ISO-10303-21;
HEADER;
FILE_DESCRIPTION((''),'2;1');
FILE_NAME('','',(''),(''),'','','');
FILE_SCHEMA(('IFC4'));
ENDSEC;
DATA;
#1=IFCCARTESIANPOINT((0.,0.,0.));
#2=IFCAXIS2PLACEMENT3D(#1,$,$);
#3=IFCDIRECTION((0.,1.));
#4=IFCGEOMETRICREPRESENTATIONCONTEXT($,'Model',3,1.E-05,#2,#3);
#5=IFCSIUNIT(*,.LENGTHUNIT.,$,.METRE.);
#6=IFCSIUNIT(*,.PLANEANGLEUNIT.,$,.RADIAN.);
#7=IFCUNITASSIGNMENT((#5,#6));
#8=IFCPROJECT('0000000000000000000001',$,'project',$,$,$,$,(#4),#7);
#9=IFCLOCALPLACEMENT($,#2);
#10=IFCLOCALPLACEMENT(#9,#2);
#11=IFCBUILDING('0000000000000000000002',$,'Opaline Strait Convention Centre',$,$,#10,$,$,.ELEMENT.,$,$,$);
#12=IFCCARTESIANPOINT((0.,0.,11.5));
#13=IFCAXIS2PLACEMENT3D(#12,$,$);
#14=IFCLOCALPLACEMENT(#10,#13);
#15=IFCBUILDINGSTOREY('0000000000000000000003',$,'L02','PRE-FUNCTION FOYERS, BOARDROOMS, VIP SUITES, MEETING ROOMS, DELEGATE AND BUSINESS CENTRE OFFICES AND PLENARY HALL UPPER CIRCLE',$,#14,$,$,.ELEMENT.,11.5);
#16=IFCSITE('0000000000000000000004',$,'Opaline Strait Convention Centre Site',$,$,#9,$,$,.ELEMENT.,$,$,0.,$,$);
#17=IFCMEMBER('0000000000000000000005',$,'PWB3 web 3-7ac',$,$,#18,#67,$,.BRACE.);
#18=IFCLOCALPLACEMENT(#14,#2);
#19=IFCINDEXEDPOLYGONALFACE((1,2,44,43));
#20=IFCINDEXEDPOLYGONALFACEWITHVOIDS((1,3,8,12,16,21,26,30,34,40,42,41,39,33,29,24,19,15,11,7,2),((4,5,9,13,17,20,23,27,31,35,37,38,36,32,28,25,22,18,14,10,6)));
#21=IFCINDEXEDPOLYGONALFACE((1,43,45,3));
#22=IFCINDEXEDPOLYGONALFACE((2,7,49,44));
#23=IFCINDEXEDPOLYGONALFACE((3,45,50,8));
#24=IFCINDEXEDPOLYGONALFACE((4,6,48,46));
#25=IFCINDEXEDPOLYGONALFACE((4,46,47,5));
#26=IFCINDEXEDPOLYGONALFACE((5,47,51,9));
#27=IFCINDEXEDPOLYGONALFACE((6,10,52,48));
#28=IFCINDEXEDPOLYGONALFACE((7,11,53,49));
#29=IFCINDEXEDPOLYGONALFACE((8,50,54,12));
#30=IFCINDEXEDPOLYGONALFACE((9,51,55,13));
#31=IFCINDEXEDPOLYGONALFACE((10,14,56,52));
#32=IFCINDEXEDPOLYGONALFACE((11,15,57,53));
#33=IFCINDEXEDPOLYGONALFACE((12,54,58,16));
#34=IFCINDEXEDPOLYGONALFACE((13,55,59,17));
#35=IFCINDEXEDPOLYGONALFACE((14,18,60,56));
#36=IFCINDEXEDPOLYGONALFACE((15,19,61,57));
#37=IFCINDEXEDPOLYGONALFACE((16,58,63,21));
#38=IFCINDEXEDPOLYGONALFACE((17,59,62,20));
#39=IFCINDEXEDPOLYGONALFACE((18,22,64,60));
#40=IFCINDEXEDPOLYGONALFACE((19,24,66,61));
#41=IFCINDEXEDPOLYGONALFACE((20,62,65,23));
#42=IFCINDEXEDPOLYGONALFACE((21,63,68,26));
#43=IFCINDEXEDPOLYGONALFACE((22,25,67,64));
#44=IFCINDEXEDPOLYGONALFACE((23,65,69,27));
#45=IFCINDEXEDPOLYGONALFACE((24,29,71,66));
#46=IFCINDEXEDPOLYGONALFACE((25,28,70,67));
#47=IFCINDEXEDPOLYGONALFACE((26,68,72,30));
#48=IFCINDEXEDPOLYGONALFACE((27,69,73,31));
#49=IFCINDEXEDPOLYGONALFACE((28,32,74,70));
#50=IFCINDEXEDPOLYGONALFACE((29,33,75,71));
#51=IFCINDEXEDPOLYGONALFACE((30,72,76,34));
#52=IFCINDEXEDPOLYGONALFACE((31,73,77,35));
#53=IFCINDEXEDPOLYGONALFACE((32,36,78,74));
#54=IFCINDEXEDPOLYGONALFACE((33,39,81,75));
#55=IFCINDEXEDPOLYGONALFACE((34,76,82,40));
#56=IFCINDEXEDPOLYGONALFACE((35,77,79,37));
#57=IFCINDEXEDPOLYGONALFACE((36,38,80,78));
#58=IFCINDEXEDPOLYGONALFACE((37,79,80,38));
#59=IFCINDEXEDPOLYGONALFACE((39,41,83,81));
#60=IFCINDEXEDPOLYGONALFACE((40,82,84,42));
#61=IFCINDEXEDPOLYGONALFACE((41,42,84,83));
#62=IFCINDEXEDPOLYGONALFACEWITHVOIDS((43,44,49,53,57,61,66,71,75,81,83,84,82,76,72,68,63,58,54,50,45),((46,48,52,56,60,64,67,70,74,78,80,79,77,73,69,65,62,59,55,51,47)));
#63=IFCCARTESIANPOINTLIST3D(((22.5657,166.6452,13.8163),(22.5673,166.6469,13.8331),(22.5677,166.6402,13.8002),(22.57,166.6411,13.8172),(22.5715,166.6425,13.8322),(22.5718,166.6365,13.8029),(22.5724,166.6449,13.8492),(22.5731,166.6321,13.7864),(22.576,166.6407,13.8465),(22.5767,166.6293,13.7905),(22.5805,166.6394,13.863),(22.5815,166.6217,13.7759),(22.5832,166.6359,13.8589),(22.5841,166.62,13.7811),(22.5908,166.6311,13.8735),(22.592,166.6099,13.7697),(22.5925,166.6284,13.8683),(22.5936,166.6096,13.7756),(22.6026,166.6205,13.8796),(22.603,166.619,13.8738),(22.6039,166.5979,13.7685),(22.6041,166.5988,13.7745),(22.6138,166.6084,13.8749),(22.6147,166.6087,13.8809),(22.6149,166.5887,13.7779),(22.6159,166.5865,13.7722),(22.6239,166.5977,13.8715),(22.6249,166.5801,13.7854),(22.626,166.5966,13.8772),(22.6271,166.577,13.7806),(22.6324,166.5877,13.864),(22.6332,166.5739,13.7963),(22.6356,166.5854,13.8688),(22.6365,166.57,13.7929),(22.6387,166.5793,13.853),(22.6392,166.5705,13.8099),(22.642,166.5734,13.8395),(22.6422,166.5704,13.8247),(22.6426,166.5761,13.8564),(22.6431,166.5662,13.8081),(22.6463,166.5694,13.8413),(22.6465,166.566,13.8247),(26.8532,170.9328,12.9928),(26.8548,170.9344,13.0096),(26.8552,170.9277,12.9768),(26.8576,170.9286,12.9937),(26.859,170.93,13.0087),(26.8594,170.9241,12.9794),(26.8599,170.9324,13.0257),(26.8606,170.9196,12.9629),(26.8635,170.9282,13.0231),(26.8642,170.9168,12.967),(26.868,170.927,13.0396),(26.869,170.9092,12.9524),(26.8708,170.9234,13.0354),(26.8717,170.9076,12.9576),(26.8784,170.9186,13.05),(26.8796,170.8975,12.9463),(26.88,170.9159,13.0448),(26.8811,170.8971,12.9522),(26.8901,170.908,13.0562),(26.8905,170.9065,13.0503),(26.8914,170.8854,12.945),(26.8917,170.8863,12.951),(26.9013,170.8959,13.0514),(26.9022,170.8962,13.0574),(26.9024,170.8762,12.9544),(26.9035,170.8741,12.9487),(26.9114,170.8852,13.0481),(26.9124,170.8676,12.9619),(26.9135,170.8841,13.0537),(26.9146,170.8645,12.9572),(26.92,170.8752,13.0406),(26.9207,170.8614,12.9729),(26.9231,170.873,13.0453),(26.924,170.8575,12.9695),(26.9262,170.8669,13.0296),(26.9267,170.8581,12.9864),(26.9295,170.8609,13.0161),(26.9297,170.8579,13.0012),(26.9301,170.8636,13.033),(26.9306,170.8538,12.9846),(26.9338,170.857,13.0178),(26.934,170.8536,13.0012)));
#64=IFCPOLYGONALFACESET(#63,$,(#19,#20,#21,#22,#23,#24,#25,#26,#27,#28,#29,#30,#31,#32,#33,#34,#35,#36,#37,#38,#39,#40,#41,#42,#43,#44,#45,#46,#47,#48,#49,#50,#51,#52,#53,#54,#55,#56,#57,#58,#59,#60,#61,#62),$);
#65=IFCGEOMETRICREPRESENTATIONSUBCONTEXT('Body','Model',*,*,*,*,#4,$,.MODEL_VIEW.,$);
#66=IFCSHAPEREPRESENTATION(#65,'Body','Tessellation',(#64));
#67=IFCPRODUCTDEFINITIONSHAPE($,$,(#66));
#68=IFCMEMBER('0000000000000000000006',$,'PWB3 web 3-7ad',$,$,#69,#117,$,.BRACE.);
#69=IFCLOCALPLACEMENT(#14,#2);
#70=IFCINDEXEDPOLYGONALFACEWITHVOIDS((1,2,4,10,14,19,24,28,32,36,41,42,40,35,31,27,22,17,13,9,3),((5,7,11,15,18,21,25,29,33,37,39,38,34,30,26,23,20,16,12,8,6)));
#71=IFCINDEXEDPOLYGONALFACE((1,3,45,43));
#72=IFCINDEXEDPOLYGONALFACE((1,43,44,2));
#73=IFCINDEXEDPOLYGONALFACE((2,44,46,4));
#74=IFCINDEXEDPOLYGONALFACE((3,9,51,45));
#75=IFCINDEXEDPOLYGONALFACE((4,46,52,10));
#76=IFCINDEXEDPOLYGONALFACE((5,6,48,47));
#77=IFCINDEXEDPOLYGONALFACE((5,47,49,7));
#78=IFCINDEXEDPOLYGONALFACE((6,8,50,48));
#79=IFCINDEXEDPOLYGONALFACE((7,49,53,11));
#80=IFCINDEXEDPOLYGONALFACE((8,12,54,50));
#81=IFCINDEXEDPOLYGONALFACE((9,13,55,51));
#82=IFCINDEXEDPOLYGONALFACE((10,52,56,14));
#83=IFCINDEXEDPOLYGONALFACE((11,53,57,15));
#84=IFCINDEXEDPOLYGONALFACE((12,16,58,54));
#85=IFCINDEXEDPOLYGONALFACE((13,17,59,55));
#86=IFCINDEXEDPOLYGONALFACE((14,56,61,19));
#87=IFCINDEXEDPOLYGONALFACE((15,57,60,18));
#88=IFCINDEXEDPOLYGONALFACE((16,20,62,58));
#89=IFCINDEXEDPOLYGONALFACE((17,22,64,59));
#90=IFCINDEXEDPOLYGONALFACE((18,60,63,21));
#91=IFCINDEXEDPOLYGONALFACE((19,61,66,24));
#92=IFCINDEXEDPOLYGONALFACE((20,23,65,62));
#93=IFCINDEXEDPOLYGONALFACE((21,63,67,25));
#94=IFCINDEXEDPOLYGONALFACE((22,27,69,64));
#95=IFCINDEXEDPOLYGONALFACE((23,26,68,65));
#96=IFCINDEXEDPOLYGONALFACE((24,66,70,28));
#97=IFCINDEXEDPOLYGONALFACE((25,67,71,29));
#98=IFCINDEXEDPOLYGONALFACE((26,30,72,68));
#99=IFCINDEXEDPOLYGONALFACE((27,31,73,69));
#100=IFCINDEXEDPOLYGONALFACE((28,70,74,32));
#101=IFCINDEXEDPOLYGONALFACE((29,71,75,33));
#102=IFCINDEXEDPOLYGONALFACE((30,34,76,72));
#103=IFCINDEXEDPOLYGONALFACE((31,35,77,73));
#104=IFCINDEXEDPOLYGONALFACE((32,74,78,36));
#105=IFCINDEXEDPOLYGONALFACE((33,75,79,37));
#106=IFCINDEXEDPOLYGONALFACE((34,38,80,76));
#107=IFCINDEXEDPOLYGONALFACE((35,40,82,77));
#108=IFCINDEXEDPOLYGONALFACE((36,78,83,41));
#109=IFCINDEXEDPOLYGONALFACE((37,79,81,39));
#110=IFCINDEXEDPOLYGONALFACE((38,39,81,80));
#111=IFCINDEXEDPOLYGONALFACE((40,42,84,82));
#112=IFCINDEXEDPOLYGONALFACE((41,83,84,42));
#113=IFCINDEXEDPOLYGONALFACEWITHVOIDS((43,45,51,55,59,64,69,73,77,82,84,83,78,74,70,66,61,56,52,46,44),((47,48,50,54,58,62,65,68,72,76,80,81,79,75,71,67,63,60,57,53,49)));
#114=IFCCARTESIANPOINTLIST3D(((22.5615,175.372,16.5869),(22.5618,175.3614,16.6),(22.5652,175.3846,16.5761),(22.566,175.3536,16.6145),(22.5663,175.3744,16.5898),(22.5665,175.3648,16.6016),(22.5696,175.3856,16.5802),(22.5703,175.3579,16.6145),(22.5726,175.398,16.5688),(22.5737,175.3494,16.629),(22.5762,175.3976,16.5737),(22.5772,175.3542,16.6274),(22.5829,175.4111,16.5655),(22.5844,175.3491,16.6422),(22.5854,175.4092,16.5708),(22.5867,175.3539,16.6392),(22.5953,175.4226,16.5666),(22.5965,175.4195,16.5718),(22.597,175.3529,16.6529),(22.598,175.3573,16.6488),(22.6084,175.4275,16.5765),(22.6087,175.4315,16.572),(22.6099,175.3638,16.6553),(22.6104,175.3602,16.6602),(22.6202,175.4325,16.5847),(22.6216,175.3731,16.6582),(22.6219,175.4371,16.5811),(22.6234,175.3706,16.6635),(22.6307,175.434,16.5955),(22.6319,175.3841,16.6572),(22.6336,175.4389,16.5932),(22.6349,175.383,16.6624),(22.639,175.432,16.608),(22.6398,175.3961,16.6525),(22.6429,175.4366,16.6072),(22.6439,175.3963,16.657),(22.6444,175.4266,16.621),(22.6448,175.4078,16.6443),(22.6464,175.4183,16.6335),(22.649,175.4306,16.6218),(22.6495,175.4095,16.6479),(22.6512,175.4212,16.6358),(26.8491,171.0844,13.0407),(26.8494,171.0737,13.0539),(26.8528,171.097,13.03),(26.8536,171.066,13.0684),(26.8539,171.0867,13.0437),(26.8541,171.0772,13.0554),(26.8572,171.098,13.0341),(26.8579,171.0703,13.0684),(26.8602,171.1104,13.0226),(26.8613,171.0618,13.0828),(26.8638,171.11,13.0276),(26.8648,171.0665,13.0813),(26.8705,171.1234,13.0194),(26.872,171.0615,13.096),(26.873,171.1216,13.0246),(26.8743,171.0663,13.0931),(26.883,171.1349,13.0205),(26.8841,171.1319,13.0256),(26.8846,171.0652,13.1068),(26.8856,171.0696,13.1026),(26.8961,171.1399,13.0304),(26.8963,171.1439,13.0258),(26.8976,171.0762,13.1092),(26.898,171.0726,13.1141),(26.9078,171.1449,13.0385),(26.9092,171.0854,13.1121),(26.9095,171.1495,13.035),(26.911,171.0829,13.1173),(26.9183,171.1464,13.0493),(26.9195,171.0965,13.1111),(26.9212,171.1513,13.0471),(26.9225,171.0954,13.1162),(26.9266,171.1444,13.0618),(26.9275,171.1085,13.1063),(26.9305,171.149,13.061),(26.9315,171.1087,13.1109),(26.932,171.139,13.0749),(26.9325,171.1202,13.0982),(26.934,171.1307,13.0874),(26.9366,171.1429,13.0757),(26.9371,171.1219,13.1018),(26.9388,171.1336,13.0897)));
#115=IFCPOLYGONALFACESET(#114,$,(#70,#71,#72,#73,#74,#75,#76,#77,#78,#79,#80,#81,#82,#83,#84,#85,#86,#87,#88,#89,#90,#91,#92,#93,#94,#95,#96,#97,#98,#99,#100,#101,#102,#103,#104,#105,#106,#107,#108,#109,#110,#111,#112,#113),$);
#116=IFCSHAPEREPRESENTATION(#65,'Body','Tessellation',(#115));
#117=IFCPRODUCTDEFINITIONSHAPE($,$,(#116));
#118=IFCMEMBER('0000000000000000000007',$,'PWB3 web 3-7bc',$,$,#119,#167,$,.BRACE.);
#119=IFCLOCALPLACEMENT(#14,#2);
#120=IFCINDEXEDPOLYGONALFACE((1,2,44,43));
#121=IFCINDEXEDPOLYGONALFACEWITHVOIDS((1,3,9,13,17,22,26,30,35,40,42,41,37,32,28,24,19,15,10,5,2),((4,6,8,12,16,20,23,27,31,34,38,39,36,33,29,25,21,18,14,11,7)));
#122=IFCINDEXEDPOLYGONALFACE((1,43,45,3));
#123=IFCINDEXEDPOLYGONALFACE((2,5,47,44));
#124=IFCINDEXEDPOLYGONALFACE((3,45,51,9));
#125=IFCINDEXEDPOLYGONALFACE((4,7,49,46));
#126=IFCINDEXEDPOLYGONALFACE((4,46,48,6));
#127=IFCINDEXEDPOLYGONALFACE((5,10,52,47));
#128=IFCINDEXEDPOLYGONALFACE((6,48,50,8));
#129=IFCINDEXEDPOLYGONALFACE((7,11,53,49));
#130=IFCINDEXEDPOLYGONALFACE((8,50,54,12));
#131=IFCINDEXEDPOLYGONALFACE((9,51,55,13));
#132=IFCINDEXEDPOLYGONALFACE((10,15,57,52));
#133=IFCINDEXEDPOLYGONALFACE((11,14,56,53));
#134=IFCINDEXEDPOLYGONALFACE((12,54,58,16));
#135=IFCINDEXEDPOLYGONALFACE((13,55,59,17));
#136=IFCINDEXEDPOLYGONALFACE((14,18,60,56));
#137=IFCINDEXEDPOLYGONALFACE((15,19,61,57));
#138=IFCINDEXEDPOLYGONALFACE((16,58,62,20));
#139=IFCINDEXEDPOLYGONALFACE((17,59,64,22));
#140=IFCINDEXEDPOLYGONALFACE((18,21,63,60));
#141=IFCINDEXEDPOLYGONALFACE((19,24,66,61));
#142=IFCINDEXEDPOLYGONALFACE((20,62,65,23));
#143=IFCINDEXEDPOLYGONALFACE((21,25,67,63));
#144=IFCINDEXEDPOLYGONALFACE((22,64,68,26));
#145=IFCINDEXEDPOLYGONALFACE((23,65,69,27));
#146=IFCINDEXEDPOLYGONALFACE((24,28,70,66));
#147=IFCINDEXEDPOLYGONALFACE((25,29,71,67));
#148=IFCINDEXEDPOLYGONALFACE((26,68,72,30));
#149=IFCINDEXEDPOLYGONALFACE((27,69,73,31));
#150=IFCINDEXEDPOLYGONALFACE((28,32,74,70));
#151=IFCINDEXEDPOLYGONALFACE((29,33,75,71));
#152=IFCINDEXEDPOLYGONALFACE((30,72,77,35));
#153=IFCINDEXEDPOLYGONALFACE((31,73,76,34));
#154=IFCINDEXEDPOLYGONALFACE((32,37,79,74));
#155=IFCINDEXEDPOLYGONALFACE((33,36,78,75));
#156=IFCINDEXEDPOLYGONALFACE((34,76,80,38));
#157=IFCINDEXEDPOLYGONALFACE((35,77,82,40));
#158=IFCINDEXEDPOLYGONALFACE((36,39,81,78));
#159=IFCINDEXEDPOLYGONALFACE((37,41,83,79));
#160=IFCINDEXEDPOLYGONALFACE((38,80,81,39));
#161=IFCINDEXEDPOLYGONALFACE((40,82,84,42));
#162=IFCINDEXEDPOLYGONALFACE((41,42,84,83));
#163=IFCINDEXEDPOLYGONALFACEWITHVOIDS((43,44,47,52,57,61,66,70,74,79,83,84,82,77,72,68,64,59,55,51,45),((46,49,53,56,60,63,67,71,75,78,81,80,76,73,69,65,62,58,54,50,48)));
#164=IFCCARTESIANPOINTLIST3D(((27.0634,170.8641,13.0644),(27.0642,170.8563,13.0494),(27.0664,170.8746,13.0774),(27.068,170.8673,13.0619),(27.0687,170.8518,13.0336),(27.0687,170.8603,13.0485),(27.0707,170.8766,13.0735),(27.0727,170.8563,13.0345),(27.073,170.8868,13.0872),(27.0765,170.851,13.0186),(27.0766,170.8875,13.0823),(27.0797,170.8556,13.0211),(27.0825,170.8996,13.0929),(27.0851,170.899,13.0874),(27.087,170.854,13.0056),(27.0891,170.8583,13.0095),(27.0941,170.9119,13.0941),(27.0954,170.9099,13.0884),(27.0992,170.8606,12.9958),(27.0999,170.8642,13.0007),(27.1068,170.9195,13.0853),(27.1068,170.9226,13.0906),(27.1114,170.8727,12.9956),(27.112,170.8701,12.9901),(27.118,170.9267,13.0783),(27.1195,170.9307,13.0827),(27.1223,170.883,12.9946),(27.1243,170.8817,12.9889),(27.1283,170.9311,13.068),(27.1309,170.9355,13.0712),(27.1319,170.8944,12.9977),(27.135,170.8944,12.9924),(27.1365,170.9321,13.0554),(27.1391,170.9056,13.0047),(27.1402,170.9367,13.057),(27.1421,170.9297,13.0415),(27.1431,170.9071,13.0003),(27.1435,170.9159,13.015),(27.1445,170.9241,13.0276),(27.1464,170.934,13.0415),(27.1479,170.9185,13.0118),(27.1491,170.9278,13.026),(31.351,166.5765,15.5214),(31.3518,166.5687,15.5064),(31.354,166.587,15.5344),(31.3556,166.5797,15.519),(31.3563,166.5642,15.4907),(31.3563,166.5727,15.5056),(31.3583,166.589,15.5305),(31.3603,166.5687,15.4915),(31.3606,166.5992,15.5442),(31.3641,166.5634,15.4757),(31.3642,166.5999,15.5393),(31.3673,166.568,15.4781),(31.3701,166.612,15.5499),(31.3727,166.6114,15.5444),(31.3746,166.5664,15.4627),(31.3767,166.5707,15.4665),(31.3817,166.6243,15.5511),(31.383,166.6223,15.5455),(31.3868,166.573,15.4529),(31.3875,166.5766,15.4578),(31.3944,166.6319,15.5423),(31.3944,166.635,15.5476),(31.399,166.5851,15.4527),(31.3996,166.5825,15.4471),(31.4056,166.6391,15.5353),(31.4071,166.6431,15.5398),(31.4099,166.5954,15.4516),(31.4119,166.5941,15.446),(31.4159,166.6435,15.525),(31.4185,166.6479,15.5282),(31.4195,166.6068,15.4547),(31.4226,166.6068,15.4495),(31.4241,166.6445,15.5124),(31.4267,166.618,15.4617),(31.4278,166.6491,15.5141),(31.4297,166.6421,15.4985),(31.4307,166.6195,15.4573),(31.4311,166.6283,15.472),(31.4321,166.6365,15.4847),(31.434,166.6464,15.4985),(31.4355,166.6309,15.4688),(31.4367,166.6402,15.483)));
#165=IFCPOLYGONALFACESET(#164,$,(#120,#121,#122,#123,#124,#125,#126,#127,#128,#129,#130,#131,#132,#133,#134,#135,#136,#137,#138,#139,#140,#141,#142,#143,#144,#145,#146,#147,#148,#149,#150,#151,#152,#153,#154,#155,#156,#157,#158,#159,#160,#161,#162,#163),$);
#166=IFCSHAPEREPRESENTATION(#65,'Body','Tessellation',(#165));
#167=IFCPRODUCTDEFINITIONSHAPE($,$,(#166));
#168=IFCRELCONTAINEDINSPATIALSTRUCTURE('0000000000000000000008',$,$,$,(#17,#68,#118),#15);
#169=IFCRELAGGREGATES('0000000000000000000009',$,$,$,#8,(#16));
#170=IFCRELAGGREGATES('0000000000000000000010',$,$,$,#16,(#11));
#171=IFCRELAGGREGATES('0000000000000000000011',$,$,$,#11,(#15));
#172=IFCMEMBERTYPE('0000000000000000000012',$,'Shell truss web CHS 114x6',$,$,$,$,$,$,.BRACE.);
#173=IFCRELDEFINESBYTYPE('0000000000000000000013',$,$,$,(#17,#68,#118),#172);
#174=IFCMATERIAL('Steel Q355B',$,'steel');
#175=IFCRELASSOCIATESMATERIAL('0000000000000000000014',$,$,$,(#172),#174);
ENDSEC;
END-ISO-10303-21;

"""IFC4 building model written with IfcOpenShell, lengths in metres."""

from ifc_helpers import new_model, si_unit, direction, frame, origin, origin_2d, place, context, subcontext, project, spatial, hollow_circle, extrude, material, material_profile, profile_set, type_object, element, save


model = new_model("IFC4")

# Units and contexts
model_context = context("Model", 3, precision=1e-05, world=origin(), true_north=direction((0.0, 1.0)))
body_context = subcontext(model_context, "Body", "Model", "MODEL_VIEW")
ifc_project = project(units=[si_unit("LENGTHUNIT", "METRE"), si_unit("PLANEANGLEUNIT", "RADIAN")], contexts=[model_context])

# Site, building, storey
site_placement = place(None, origin())
site = spatial("IfcSite", under=ifc_project, at=site_placement, Name="Opaline Strait Convention Centre Site", CompositionType="ELEMENT", RefElevation=0.0)
building_placement = place(site_placement, origin())
building = spatial("IfcBuilding", under=site, at=building_placement, Name="Opaline Strait Convention Centre", CompositionType="ELEMENT")
storey_placement = place(building_placement, frame((0.0, 0.0, 11.5)))
storey = spatial("IfcBuildingStorey", under=building, at=storey_placement, Name="L02", Description="PRE-FUNCTION FOYERS, BOARDROOMS, VIP SUITES, MEETING ROOMS, DELEGATE AND BUSINESS CENTRE OFFICES AND PLENARY HALL UPPER CIRCLE", CompositionType="ELEMENT", Elevation=11.5)

# Members
ifc_material_1 = material(Name="Steel Q355B", Category="steel")
ifc_material_profile_1 = material_profile(ifc_material_1, hollow_circle(Radius=0.0569, WallThickness=0.0061, at=origin_2d()), Name="CHS 114x6")
ifc_profile_set_1 = profile_set([ifc_material_profile_1], Name="Steel Q355B")
member_type_1 = type_object("IfcMemberType", Name="Shell truss web CHS 114x6", PredefinedType="BRACE", material=ifc_profile_set_1)
member_1_placement = place(storey_placement, frame((26.8938, 170.8938, 13.0012), z_axis=(-0.700675, -0.700675, 0.134573), x_axis=(0.707107, -0.707107, 0.0)))
element("IfcMember", 1, at=member_1_placement, inside=storey, type_object=member_type_1, Name="PWB3 web 3-7ac", PredefinedType="BRACE", context=body_context, shape_type="SweptSolid", body=[
    extrude(hollow_circle(Radius=0.0569, WallThickness=0.0061, at=origin_2d()), origin(), (0.0, 0.0, 1.0), 6.1191),
])
member_2_placement = place(storey_placement, frame((26.8938, 171.1062, 13.0684), z_axis=(-0.610387, 0.610387, 0.504833), x_axis=(-0.707107, -0.707107, 0.0)))
element("IfcMember", 2, at=member_2_placement, inside=storey, type_object=member_type_1, Name="PWB3 web 3-7ad", PredefinedType="BRACE", context=body_context, shape_type="SweptSolid", body=[
    extrude(hollow_circle(Radius=0.0569, WallThickness=0.0061, at=origin_2d()), origin(), (0.0, 0.0, 1.0), 7.0244),
])
member_3_placement = place(storey_placement, frame((27.1062, 170.8938, 13.0415), z_axis=(0.655348, -0.655348, 0.375551), x_axis=(0.707107, 0.707107, 0.0)))
element("IfcMember", 3, at=member_3_placement, inside=storey, type_object=member_type_1, Name="PWB3 web 3-7bc", PredefinedType="BRACE", context=body_context, shape_type="SweptSolid", body=[
    extrude(hollow_circle(Radius=0.0569, WallThickness=0.0061, at=origin_2d()), origin(), (0.0, 0.0, 1.0), 6.5425),
])

save(model, "model.ifc")
